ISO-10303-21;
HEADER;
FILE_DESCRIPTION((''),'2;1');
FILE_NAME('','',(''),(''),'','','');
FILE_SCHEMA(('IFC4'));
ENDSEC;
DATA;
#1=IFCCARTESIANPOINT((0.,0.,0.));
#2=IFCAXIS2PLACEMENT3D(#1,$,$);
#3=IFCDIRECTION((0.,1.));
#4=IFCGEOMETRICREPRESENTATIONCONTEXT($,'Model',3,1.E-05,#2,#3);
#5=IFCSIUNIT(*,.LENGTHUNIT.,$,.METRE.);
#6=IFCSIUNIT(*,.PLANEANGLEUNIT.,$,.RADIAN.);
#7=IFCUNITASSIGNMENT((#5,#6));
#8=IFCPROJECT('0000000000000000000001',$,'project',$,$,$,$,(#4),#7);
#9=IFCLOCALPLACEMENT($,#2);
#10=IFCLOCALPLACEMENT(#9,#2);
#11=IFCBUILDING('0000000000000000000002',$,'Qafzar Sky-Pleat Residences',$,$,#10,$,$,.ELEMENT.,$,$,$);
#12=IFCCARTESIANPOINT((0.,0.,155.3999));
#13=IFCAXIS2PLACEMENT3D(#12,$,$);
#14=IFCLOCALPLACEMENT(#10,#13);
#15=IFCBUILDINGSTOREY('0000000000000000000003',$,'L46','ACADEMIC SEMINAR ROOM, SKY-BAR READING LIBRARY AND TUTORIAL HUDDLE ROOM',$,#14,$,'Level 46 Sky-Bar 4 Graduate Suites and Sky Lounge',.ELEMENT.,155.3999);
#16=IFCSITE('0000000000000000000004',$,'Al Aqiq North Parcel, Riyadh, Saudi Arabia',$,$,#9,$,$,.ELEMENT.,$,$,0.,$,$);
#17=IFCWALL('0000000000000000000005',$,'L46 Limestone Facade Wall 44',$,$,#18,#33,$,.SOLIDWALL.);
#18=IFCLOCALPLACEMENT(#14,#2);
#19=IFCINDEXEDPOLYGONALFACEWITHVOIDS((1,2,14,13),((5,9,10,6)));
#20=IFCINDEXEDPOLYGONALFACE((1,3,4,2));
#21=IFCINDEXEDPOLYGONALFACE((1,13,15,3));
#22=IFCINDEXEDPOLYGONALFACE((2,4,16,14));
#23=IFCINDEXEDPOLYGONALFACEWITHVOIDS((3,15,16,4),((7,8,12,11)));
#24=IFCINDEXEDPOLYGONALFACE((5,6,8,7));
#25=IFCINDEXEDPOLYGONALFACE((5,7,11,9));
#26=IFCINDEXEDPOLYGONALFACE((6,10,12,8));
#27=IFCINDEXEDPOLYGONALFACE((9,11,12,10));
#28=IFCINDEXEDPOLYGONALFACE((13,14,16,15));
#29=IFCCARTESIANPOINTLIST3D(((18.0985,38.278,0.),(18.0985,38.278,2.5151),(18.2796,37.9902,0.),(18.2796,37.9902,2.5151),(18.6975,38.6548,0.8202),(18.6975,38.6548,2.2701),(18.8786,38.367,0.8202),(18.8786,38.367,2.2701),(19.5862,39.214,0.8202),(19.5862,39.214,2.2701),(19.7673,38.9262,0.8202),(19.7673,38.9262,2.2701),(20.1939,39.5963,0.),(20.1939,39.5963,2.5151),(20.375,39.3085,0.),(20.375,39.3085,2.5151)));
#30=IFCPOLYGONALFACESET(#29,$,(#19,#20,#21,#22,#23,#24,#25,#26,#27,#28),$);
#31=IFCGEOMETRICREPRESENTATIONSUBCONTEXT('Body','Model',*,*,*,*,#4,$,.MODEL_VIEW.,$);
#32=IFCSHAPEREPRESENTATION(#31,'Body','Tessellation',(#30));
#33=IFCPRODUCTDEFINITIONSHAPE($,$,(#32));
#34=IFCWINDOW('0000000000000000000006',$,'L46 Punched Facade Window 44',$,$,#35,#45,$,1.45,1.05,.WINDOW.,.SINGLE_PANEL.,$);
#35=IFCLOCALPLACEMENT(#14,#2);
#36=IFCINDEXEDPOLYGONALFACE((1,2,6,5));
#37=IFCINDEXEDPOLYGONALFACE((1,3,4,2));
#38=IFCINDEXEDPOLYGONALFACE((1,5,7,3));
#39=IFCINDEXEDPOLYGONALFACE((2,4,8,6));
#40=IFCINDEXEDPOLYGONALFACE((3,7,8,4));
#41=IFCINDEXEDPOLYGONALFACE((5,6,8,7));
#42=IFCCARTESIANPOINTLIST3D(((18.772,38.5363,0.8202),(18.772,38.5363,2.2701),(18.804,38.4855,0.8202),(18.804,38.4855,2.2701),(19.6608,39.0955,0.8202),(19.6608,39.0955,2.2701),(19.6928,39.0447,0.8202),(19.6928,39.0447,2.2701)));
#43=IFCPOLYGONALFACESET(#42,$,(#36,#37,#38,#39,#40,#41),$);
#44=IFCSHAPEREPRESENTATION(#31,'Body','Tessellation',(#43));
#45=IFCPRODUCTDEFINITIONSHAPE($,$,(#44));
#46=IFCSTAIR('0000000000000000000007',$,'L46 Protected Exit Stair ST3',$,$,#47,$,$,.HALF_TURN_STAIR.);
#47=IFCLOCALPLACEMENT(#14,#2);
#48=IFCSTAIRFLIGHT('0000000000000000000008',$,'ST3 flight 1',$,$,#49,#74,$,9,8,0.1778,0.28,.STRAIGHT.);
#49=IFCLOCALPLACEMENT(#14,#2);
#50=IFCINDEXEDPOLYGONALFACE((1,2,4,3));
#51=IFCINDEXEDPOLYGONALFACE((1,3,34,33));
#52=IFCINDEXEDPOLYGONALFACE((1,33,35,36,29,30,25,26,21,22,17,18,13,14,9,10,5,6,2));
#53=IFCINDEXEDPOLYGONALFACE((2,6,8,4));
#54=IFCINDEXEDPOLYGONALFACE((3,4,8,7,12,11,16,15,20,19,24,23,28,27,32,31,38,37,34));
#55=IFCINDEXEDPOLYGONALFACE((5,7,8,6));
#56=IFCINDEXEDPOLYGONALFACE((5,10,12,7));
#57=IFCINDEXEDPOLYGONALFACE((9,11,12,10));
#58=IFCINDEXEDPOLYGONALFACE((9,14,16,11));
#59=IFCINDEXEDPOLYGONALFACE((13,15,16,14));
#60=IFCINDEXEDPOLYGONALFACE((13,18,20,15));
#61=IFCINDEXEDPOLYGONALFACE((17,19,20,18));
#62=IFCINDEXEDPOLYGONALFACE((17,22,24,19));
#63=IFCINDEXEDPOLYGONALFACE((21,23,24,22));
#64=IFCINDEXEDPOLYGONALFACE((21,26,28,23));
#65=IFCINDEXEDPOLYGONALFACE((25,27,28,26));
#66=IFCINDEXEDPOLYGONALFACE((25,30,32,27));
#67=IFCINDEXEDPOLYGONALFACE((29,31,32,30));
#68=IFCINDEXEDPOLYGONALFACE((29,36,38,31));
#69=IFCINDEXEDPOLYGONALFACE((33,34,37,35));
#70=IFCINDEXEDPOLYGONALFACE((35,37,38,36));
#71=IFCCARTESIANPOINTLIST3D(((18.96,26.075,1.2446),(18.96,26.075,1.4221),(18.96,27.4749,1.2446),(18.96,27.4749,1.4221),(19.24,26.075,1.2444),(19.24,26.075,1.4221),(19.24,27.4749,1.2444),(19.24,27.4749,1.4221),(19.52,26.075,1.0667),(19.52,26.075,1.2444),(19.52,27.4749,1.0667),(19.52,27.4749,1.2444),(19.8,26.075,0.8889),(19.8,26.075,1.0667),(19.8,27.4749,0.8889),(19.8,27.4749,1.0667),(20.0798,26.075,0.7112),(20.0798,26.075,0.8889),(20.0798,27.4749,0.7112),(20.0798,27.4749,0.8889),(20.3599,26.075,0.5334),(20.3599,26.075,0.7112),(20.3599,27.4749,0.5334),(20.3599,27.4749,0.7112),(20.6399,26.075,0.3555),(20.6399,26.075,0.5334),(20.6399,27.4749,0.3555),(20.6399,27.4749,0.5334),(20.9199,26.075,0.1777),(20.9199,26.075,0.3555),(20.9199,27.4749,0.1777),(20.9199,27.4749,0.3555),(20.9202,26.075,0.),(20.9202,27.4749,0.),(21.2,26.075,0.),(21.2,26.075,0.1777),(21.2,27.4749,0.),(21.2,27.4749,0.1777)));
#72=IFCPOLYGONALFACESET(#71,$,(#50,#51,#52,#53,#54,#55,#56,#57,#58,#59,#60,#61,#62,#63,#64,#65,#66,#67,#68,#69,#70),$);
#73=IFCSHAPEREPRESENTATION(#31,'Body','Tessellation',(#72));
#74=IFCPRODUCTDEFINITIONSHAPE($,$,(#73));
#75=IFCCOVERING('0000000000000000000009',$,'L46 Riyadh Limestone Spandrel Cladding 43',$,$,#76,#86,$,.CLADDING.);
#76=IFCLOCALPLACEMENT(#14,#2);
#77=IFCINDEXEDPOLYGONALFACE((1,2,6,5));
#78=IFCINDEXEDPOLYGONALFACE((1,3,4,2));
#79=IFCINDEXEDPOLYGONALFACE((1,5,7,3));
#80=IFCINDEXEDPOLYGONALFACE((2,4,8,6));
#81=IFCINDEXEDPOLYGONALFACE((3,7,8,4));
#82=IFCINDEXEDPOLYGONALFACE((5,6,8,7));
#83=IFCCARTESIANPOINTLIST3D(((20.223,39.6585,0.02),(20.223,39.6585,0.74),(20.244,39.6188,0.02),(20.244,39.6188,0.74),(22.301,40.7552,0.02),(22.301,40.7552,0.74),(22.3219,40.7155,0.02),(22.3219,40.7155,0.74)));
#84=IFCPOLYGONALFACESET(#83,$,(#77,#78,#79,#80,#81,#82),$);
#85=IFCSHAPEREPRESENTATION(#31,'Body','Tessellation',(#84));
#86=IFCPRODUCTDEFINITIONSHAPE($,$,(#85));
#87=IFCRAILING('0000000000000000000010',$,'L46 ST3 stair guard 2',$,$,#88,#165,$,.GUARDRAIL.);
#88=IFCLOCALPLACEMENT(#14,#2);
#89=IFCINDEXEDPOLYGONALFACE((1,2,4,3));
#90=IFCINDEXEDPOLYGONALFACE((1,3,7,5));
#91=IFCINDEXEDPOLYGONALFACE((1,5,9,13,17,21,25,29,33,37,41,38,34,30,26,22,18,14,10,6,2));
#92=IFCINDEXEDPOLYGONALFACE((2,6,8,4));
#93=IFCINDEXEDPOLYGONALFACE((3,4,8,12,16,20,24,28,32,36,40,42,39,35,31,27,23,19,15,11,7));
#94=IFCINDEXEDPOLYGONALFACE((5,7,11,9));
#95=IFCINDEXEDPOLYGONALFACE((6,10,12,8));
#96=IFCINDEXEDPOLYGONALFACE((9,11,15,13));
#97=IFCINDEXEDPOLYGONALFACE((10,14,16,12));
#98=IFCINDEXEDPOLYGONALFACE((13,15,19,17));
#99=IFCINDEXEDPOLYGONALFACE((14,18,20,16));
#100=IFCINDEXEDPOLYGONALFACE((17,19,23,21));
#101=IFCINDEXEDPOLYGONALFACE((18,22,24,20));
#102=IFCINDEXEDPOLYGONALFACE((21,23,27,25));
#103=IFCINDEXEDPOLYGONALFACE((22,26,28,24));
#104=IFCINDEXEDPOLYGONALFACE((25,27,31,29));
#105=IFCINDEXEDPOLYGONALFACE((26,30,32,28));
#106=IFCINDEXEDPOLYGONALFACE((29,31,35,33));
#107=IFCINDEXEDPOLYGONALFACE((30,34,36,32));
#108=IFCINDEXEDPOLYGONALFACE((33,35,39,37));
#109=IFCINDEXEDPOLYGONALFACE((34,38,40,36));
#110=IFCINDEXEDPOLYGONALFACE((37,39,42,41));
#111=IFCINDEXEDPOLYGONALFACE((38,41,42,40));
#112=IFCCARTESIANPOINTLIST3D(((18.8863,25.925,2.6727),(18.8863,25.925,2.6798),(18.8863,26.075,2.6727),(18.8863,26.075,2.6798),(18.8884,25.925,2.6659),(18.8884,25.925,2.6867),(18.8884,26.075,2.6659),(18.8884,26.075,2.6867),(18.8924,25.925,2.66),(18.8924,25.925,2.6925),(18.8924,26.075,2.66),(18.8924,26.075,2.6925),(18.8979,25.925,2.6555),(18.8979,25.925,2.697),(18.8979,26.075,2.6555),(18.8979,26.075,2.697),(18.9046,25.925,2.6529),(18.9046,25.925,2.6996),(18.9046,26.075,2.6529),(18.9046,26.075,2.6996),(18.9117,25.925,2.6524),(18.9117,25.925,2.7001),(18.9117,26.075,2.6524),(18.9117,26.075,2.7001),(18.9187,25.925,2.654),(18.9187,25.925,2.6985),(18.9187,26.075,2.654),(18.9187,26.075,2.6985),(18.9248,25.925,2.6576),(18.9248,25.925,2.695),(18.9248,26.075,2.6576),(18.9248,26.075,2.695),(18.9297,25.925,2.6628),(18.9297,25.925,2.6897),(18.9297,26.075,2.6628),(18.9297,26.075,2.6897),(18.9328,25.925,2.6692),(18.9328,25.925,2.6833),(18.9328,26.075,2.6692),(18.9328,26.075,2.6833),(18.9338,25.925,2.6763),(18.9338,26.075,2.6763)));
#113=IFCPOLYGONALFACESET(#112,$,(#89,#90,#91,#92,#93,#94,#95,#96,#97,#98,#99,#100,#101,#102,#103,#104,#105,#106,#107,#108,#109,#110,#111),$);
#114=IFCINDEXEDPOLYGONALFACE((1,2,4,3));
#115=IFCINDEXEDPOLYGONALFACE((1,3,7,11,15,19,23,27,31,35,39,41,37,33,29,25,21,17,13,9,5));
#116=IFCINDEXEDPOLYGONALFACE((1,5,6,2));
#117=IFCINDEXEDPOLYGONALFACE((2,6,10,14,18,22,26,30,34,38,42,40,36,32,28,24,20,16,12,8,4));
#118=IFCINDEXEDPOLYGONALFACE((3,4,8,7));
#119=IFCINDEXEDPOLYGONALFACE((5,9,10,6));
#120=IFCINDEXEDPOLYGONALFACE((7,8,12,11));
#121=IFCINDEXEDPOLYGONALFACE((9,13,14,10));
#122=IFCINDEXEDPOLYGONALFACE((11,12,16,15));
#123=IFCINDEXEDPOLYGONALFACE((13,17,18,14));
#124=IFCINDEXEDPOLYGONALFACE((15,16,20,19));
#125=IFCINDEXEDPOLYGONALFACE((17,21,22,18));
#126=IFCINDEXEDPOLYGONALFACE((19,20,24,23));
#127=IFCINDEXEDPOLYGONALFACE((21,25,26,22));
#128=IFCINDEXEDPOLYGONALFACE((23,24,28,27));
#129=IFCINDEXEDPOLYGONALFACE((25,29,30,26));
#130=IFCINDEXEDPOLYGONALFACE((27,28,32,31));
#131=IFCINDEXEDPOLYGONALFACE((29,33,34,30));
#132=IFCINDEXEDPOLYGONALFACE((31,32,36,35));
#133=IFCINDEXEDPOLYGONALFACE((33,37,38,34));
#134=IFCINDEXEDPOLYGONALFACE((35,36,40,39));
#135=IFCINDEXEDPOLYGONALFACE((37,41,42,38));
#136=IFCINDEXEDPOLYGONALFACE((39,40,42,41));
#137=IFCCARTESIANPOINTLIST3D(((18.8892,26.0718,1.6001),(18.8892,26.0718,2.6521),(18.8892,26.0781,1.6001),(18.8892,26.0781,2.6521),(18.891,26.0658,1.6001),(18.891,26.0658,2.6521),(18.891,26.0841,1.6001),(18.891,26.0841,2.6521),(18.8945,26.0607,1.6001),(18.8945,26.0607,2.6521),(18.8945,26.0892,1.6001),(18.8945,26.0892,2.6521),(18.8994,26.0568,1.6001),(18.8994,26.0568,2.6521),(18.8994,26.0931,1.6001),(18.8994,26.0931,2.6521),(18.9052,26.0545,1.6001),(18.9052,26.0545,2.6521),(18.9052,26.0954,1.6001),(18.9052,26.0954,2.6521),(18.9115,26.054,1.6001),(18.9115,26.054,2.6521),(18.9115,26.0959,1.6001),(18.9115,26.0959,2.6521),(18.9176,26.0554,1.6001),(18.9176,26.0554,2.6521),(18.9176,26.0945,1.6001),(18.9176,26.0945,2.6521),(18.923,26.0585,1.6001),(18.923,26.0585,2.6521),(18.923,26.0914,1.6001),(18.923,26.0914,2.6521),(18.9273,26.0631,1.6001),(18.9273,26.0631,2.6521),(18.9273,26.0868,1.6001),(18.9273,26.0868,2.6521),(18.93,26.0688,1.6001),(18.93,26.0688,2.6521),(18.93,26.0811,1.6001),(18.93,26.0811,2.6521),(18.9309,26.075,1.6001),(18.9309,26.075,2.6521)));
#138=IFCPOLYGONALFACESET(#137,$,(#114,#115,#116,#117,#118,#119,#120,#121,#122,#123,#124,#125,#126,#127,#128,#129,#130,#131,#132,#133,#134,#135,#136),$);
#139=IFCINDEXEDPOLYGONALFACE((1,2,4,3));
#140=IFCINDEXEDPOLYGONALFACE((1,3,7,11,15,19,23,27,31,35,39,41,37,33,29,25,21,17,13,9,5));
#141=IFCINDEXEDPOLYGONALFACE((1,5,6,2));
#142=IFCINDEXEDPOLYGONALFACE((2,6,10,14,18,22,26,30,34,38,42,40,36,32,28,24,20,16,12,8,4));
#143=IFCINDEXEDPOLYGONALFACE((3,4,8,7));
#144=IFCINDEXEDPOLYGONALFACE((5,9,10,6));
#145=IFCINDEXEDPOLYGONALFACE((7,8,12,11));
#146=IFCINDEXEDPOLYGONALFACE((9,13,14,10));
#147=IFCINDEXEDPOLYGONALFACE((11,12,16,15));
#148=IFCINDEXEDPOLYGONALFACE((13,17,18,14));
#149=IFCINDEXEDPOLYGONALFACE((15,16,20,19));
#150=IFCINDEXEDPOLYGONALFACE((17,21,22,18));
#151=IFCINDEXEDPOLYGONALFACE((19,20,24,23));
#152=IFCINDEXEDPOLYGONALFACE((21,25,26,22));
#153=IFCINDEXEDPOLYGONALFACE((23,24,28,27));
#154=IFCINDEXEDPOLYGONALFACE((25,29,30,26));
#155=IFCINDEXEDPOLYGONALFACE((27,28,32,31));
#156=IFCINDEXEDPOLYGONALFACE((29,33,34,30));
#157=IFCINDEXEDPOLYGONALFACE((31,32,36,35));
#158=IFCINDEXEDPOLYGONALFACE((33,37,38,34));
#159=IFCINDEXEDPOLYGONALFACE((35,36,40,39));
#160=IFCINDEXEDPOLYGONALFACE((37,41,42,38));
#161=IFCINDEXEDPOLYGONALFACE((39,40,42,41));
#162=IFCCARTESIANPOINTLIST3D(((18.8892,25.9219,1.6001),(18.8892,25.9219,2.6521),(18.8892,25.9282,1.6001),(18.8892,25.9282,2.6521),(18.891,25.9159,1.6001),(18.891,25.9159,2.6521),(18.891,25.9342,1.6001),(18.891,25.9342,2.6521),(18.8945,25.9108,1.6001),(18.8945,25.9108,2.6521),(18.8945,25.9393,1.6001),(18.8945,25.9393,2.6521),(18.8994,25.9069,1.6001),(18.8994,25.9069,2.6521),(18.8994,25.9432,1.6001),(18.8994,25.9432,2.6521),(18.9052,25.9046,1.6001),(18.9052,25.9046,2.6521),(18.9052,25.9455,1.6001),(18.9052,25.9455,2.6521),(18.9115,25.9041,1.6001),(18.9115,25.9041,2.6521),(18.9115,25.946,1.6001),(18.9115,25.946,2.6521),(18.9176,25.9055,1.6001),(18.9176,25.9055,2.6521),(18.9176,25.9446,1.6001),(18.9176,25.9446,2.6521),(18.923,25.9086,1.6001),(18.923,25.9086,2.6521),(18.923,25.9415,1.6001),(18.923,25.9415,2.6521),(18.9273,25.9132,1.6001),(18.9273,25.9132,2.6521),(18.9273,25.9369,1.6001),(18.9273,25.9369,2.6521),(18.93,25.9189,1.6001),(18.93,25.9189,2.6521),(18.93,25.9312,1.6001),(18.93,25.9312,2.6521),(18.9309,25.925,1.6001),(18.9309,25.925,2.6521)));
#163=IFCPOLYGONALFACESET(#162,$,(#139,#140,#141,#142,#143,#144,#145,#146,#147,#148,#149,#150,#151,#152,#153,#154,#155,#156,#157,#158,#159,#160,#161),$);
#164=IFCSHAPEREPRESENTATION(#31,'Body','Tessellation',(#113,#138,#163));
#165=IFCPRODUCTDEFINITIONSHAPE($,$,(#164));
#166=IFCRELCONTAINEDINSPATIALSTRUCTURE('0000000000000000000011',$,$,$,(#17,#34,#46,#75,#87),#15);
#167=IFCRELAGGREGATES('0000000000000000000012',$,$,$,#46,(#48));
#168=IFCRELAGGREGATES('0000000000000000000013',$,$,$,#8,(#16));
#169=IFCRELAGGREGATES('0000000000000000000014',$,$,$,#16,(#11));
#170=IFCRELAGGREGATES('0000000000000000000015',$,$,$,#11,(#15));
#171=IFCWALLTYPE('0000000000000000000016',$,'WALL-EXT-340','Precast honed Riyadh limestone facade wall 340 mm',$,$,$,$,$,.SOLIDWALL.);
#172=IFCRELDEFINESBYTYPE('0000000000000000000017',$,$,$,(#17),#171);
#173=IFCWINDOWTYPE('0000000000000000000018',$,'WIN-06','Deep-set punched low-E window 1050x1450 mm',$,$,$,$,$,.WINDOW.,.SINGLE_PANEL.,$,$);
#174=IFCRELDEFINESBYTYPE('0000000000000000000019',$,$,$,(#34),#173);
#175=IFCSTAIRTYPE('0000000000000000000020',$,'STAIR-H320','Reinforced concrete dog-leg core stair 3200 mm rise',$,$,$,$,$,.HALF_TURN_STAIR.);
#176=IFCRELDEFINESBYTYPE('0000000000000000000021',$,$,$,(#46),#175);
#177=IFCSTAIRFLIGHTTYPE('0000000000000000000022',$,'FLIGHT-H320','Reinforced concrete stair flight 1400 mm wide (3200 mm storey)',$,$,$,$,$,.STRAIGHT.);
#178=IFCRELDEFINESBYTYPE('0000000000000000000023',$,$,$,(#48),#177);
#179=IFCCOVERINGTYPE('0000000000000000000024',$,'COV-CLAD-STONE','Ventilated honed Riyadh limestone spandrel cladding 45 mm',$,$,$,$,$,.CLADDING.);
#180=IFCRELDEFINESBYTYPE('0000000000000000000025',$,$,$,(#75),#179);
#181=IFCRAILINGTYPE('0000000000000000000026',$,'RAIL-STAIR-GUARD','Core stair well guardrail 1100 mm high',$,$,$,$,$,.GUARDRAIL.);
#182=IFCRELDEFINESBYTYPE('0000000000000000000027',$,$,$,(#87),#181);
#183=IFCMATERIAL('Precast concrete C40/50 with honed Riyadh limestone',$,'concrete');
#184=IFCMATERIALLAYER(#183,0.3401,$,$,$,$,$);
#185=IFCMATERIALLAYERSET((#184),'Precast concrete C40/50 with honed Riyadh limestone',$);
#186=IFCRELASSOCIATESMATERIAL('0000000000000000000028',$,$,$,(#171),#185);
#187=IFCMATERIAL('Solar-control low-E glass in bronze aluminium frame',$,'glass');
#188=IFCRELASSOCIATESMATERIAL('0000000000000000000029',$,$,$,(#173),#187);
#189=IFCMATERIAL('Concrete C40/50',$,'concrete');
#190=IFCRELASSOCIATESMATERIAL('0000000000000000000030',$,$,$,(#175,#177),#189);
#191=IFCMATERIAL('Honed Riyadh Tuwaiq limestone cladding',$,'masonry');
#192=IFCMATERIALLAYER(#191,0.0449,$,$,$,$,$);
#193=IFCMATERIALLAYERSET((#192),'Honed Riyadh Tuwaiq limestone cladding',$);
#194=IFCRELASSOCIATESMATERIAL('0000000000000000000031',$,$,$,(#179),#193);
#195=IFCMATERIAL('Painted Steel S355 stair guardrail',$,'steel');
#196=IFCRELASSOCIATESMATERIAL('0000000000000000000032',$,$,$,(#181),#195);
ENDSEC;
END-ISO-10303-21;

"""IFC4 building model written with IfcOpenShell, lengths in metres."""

from ifc_helpers import new_model, si_unit, direction, frame, frame_2d, origin, origin_2d, place, context, subcontext, project, spatial, polyline, rectangle, circle, outline, extrude, source, transform, mapped, material, layer, layer_set, type_object, element, fill, aggregate, save


model = new_model("IFC4")

# Units and contexts
model_context = context("Model", 3, precision=1e-05, world=origin(), true_north=direction((0.0, 1.0)))
body_context = subcontext(model_context, "Body", "Model", "MODEL_VIEW")
ifc_project = project(units=[si_unit("LENGTHUNIT", "METRE"), si_unit("PLANEANGLEUNIT", "RADIAN")], contexts=[model_context])

# Site, building, storey
site_placement = place(None, origin())
site = spatial("IfcSite", under=ifc_project, at=site_placement, Name="Al Aqiq North Parcel, Riyadh, Saudi Arabia", CompositionType="ELEMENT", RefElevation=0.0)
building_placement = place(site_placement, origin())
building = spatial("IfcBuilding", under=site, at=building_placement, Name="Qafzar Sky-Pleat Residences", CompositionType="ELEMENT")
storey_placement = place(building_placement, frame((0.0, 0.0, 155.3999)))
storey = spatial("IfcBuildingStorey", under=building, at=storey_placement, Name="L46", Description="ACADEMIC SEMINAR ROOM, SKY-BAR READING LIBRARY AND TUTORIAL HUDDLE ROOM", LongName="Level 46 Sky-Bar 4 Graduate Suites and Sky Lounge", CompositionType="ELEMENT", Elevation=155.3999)

# Wall, opening, window
ifc_material_1 = material(Name="Precast concrete C40/50 with honed Riyadh limestone", Category="concrete")
ifc_layer_1 = layer(ifc_material_1, 0.3401)
ifc_layer_set_1 = layer_set([ifc_layer_1], Name="Precast concrete C40/50 with honed Riyadh limestone")
wall_type_1 = type_object("IfcWallType", Name="WALL-EXT-340", Description="Precast honed Riyadh limestone facade wall 340 mm", PredefinedType="SOLIDWALL", material=ifc_layer_set_1)
wall_1_placement = place(storey_placement, frame((20.2844, 39.4524, 0.0), z_axis=(0.0, 0.0, 1.0), x_axis=(-0.846416, -0.532523, 0.0)))
wall_1 = element("IfcWall", 1, at=wall_1_placement, inside=storey, type_object=wall_type_1, Name="L46 Limestone Facade Wall 44", PredefinedType="SOLIDWALL", context=body_context, shape_type="SweptSolid", body=[
    extrude(rectangle(XDim=2.4756, YDim=0.3401, at=frame_2d((1.2378, 0.0))), origin(), (0.0, 0.0, 1.0), 2.5151),
])
opening_1_placement = place(wall_1_placement, frame((0.718, 0.0, 0.8201)))
opening_1 = element("IfcOpeningElement", 2, at=opening_1_placement, cuts=wall_1, PredefinedType="OPENING", context=body_context, shape_type="SweptSolid", body=[
    extrude(rectangle(XDim=1.05, YDim=1.45, at=frame_2d((0.5249, 0.7251))), frame((0.0, 0.1802, 0.0), z_axis=(0.0, -1.0, 0.0), x_axis=(1.0, 0.0, 0.0)), (0.0, 0.0, 1.0), 0.3601),
])
ifc_material_2 = material(Name="Solar-control low-E glass in bronze aluminium frame", Category="glass")
window_type = type_object("IfcWindowType", Name="WIN-06", Description="Deep-set punched low-E window 1050x1450 mm", PartitioningType="SINGLE_PANEL", PredefinedType="WINDOW", material=ifc_material_2)
shared_shape_1 = source(origin(), body_context, "Body", "SweptSolid", [
    extrude(rectangle(XDim=1.05, YDim=1.45, at=frame_2d((0.5249, 0.7251))), frame((0.0, 0.03, 0.0), z_axis=(0.0, -1.0, 0.0), x_axis=(1.0, 0.0, 0.0)), (0.0, 0.0, 1.0), 0.0601),
])
window_placement = place(opening_1_placement, origin())
window = element("IfcWindow", 3, at=window_placement, inside=storey, type_object=window_type, Name="L46 Punched Facade Window 44", OverallHeight=1.45, OverallWidth=1.05, PartitioningType="SINGLE_PANEL", PredefinedType="WINDOW", context=body_context, shape_type="MappedRepresentation", body=[
    mapped(shared_shape_1, transform((0.0, 0.0, 0.0), x_axis=(1.0, 0.0, 0.0), y_axis=(0.0, 1.0, 0.0), z_axis=(0.0, 0.0, 1.0), scale=1.0)),
])
fill(opening_1, window)

# Stair, stair flight
ifc_material_3 = material(Name="Concrete C40/50", Category="concrete")
stair_type = type_object("IfcStairType", Name="STAIR-H320", Description="Reinforced concrete dog-leg core stair 3200 mm rise", PredefinedType="HALF_TURN_STAIR", material=ifc_material_3)
stair_placement = place(storey_placement, origin())
stair = element("IfcStair", 4, at=stair_placement, inside=storey, type_object=stair_type, Name="L46 Protected Exit Stair ST3", PredefinedType="HALF_TURN_STAIR")
stair_flight_type = type_object("IfcStairFlightType", Name="FLIGHT-H320", Description="Reinforced concrete stair flight 1400 mm wide (3200 mm storey)", PredefinedType="STRAIGHT", material=ifc_material_3)
shared_shape_2 = source(origin(), body_context, "Body", "SweptSolid", [
    extrude(outline(polyline([(0.0, 0.0), (0.0, 0.1777), (0.28, 0.1777), (0.28, 0.3555), (0.5601, 0.3555), (0.5601, 0.5334), (0.8401, 0.5334), (0.8401, 0.7112), (1.1201, 0.7112), (1.1201, 0.8889), (1.3999, 0.8889), (1.3999, 1.0667), (1.6799, 1.0667), (1.6799, 1.2444), (1.96, 1.2444), (1.96, 1.4221), (2.24, 1.4221), (2.24, 1.6001), (2.24, 1.2446), (0.2798, 0.0), (0.0, 0.0)])), frame((0.0, 0.7, 0.0), z_axis=(0.0, -1.0, 0.0), x_axis=(1.0, 0.0, 0.0)), (0.0, 0.0, 1.0), 1.3999),
])
stair_flight_placement = place(storey_placement, frame((21.2, 26.7749, 0.0), z_axis=(0.0, 0.0, 1.0), x_axis=(-1.0, 0.0, 0.0)))
stair_flight = element("IfcStairFlight", 5, at=stair_flight_placement, type_object=stair_flight_type, Name="ST3 flight 1", NumberOfRisers=9, NumberOfTreads=8, PredefinedType="STRAIGHT", RiserHeight=0.1778, TreadLength=0.28, context=body_context, shape_type="MappedRepresentation", body=[
    mapped(shared_shape_2, transform((0.0, 0.0, 0.0), x_axis=(1.0, 0.0, 0.0), y_axis=(0.0, 1.0, 0.0), z_axis=(0.0, 0.0, 1.0), scale=1.0)),
])
aggregate(stair, [stair_flight])

# Covering
ifc_material_4 = material(Name="Honed Riyadh Tuwaiq limestone cladding", Category="masonry")
ifc_layer_2 = layer(ifc_material_4, 0.0449)
ifc_layer_set_2 = layer_set([ifc_layer_2], Name="Honed Riyadh Tuwaiq limestone cladding")
covering_type = type_object("IfcCoveringType", Name="COV-CLAD-STONE", Description="Ventilated honed Riyadh limestone spandrel cladding 45 mm", PredefinedType="CLADDING", material=ifc_layer_set_2)
shared_shape_3 = source(origin(), body_context, "Body", "SweptSolid", [
    extrude(rectangle(XDim=2.3496, YDim=0.0449, at=origin_2d()), origin(), (0.0, 0.0, 1.0), 0.72),
])
covering_placement = place(storey_placement, frame((21.2725, 40.187, 0.02), z_axis=(0.0, 0.0, 1.0), x_axis=(-0.884391, -0.466747, 0.0)))
element("IfcCovering", 6, at=covering_placement, inside=storey, type_object=covering_type, Name="L46 Riyadh Limestone Spandrel Cladding 43", PredefinedType="CLADDING", context=body_context, shape_type="MappedRepresentation", body=[
    mapped(shared_shape_3, transform((0.0, 0.0, 0.0), x_axis=(1.0, 0.0, 0.0), y_axis=(0.0, 1.0, 0.0), z_axis=(0.0, 0.0, 1.0), scale=1.0)),
])

# Railing
ifc_material_5 = material(Name="Painted Steel S355 stair guardrail", Category="steel")
railing_type_1 = type_object("IfcRailingType", Name="RAIL-STAIR-GUARD", Description="Core stair well guardrail 1100 mm high", PredefinedType="GUARDRAIL", material=ifc_material_5)
shared_shape_4 = source(origin(), body_context, "Body", "SweptSolid", [
    extrude(circle(Radius=0.0239, at=origin_2d()), frame((0.0, 0.0, 1.0762), z_axis=(0.0, -1.0, 0.0), x_axis=(1.0, 0.0, 0.0)), (0.0, 0.0, 1.0), 0.1499),
    extrude(circle(Radius=0.021, at=origin_2d()), origin(), (0.0, 0.0, 1.0), 1.052),
    extrude(circle(Radius=0.021, at=origin_2d()), frame((0.0, -0.1499, 0.0)), (0.0, 0.0, 1.0), 1.052),
])
for number, where, name in (
    (7, (18.9099, 26.075, 1.6001), "L46 ST3 stair guard 2"),
):
    element("IfcRailing", number, at=place(storey_placement, frame(where)), inside=storey, type_object=railing_type_1, Name=name, PredefinedType="GUARDRAIL", context=body_context, shape_type="MappedRepresentation", body=[
        mapped(shared_shape_4, transform((0.0, 0.0, 0.0), x_axis=(1.0, 0.0, 0.0), y_axis=(0.0, 1.0, 0.0), z_axis=(0.0, 0.0, 1.0), scale=1.0)),
    ])

save(model, "model.ifc")
